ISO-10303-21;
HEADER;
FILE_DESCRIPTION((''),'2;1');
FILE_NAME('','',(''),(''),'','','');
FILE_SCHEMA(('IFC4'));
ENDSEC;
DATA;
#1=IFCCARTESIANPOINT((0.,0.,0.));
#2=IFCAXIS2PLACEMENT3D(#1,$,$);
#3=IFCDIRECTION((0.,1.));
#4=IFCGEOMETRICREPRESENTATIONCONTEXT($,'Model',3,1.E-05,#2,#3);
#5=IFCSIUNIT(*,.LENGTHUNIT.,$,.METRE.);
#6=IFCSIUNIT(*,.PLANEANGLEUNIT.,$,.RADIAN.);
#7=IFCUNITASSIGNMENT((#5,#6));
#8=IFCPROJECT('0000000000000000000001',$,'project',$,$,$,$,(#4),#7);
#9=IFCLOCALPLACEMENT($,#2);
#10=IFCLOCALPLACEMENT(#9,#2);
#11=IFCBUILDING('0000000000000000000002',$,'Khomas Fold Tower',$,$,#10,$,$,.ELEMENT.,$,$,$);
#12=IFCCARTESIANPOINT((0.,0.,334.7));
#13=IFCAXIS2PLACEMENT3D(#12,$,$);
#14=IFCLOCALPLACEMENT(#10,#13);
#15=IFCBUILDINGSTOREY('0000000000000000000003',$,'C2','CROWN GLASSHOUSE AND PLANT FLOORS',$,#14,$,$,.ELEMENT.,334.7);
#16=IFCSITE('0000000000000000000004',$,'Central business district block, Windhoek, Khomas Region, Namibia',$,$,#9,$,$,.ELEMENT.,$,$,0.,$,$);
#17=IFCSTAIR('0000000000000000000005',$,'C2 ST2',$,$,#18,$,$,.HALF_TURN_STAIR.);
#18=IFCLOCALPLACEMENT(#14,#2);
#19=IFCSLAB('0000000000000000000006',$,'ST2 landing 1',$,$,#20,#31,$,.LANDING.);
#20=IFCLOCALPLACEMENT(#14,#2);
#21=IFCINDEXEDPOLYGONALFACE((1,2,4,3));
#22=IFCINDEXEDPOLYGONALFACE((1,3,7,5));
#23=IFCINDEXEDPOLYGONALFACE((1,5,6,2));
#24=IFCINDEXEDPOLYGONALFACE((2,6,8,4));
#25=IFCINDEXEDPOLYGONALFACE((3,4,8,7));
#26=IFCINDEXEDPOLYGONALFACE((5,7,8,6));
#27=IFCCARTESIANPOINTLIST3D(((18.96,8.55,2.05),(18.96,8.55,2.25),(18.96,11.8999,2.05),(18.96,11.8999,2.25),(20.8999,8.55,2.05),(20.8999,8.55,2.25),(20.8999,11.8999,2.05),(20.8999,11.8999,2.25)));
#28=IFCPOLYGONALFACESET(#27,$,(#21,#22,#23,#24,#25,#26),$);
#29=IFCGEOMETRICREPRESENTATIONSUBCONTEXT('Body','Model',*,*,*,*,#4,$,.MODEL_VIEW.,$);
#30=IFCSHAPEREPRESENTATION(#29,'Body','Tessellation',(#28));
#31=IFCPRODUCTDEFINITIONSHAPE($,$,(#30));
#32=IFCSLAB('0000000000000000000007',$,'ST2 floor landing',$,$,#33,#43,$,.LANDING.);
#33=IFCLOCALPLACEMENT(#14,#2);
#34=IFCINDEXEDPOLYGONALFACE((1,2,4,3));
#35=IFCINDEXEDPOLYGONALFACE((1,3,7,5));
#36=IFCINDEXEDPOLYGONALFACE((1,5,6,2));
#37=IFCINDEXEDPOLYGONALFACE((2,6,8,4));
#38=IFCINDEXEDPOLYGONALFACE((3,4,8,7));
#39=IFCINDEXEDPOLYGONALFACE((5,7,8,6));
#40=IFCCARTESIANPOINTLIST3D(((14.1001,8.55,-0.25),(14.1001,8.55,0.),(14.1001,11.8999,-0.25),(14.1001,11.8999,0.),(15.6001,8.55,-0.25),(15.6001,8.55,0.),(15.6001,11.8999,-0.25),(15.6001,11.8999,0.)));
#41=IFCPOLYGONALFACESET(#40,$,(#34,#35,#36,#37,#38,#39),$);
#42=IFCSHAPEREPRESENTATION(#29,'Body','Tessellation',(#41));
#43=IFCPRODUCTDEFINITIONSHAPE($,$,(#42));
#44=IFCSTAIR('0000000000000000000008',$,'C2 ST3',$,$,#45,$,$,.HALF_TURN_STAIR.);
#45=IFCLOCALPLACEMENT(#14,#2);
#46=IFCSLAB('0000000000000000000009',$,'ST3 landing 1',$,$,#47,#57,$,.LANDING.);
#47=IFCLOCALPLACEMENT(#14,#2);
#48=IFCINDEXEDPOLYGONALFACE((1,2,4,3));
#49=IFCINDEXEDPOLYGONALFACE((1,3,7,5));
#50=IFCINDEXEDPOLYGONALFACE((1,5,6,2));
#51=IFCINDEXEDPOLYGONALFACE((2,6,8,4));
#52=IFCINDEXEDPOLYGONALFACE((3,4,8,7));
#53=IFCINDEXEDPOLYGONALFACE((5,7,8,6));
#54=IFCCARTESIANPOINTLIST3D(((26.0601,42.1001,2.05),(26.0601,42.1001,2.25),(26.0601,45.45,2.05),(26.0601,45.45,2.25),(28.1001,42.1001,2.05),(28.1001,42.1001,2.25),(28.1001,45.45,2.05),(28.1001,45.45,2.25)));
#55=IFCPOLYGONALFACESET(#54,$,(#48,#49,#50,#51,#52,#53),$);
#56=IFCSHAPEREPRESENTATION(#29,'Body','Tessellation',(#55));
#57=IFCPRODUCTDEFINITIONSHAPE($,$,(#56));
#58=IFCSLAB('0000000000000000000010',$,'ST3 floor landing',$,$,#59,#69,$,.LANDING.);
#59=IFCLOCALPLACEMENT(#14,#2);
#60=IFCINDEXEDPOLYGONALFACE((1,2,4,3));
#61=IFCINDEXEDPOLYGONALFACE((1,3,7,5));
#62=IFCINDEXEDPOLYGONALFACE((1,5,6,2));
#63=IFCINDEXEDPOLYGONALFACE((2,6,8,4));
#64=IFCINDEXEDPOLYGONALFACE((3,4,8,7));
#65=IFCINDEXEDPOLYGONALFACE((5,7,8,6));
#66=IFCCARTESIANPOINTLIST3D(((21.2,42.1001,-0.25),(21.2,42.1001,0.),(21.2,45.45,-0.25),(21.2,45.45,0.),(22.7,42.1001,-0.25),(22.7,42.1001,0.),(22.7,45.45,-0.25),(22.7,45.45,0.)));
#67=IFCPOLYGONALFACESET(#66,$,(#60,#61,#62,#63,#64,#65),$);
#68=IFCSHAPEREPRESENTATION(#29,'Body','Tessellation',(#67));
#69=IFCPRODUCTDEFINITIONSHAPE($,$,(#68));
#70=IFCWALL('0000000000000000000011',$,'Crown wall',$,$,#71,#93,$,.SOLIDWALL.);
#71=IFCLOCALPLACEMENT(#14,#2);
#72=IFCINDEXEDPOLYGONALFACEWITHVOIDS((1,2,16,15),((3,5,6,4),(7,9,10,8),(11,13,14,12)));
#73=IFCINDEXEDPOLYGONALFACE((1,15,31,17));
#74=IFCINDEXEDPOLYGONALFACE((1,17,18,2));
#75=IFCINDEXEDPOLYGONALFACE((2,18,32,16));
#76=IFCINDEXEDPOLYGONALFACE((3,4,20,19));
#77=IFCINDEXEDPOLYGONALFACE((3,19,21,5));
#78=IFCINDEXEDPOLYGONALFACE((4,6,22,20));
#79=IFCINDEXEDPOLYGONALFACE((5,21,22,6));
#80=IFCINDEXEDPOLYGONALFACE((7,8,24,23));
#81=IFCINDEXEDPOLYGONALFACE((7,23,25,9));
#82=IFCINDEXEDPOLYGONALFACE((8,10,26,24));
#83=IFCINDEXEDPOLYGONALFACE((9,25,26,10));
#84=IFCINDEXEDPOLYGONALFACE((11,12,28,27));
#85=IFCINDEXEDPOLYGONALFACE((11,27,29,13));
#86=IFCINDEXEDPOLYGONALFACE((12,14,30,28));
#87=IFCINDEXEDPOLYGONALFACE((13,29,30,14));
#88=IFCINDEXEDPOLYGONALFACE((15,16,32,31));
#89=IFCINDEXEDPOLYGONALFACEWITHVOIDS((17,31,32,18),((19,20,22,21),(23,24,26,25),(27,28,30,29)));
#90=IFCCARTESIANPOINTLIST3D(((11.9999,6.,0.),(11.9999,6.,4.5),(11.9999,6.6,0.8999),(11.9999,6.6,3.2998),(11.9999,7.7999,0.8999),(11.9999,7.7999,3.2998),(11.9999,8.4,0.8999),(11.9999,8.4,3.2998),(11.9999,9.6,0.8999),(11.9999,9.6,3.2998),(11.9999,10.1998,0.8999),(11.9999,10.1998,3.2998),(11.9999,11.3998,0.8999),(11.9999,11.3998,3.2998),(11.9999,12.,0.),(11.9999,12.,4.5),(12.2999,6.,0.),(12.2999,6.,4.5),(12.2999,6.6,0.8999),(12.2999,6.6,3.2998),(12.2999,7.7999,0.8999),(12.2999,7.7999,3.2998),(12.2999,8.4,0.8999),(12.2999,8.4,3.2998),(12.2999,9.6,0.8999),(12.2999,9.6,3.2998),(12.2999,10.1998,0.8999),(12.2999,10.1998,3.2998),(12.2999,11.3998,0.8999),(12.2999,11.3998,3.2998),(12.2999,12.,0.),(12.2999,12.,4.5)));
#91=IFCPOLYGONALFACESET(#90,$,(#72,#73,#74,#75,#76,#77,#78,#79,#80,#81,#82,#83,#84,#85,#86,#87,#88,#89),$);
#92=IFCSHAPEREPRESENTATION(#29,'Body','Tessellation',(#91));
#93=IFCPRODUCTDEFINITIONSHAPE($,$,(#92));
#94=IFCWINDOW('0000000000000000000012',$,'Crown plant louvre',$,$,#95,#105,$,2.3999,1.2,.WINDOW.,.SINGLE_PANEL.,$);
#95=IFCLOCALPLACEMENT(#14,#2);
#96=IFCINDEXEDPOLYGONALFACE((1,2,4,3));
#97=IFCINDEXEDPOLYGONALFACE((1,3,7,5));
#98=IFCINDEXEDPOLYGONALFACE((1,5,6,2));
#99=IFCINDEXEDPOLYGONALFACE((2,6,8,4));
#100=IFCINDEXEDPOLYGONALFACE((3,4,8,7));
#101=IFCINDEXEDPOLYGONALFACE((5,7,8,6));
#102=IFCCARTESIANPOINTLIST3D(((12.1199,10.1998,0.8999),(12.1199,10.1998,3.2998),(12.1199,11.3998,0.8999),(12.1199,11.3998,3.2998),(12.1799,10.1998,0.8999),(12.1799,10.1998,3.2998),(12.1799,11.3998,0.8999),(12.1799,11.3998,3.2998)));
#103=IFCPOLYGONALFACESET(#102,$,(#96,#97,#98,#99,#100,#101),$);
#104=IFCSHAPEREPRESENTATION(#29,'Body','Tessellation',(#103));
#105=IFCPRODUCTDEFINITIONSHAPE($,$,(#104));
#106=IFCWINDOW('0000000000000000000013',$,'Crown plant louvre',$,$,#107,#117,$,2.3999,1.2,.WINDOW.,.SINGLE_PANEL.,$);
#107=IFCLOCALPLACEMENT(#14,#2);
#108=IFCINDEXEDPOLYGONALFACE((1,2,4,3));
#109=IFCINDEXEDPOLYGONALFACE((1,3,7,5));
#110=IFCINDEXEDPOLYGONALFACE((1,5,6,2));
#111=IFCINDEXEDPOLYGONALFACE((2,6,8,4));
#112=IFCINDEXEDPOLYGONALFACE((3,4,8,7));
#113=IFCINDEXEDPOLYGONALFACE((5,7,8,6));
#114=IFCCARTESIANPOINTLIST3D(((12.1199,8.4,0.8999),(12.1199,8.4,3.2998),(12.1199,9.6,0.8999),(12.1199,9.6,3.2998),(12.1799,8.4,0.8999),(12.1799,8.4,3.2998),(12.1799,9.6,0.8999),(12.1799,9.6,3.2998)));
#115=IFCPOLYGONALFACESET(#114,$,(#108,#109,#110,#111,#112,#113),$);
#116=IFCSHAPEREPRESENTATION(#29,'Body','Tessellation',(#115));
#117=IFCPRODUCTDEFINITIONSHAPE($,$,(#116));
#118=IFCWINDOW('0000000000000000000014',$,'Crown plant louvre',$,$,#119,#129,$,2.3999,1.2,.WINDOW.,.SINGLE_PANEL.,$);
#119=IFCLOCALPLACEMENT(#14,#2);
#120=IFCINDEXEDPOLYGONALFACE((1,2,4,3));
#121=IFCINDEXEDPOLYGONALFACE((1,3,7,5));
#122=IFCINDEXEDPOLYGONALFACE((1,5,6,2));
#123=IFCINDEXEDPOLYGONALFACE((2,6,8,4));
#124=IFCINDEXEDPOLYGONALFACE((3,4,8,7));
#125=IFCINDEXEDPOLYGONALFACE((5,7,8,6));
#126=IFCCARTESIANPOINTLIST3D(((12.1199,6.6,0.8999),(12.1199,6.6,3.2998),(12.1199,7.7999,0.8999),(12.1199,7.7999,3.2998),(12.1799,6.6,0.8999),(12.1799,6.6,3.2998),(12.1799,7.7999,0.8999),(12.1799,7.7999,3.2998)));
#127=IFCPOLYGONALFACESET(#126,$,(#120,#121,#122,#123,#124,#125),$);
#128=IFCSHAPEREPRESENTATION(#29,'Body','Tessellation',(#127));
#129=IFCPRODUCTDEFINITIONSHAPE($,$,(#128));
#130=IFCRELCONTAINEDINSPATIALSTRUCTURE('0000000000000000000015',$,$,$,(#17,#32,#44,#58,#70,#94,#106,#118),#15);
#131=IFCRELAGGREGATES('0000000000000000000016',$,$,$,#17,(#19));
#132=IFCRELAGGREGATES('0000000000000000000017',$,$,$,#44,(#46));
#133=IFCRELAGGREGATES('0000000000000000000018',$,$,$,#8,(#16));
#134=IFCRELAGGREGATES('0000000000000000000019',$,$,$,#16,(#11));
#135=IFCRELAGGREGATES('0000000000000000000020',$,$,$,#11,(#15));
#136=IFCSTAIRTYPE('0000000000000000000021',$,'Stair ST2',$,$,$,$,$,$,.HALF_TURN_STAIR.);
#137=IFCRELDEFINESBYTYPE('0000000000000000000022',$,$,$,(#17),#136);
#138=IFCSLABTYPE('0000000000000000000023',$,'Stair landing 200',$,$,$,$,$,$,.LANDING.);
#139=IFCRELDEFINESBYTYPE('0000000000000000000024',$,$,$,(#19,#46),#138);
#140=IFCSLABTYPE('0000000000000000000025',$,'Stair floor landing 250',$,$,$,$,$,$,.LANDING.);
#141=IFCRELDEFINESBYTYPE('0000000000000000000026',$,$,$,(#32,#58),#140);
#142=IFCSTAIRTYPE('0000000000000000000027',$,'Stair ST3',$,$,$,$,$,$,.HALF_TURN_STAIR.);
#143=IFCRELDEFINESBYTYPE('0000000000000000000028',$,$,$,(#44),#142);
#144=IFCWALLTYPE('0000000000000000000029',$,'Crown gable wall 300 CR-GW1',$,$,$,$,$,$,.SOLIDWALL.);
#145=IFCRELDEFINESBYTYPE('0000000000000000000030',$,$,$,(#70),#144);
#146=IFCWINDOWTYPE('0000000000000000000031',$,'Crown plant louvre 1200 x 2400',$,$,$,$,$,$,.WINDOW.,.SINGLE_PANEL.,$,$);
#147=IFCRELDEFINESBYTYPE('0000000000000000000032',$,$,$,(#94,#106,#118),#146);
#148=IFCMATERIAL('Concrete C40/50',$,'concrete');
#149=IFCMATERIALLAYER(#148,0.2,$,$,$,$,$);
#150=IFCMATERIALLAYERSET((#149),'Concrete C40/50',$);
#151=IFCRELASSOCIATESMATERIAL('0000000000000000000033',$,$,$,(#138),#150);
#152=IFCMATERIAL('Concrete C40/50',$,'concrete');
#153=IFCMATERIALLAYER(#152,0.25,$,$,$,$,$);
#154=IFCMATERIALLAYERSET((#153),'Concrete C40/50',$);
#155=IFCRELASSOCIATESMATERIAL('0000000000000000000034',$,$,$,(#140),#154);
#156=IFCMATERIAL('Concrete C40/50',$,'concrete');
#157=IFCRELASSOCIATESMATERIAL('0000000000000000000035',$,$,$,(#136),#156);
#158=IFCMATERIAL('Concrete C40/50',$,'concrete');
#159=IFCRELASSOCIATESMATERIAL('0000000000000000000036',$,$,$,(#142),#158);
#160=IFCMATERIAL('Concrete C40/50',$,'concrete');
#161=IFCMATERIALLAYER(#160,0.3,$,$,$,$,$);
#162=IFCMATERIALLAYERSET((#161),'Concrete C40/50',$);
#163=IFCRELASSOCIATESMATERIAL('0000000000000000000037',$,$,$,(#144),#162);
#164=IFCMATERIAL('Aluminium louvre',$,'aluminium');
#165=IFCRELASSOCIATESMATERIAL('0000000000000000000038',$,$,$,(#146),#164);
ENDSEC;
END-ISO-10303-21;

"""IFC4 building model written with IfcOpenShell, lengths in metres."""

from ifc_helpers import new_model, si_unit, direction, frame, frame_2d, origin, place, context, subcontext, project, spatial, polyline, rectangle, outline, extrude, source, transform, mapped, material, layer, layer_set, type_object, element, fill, aggregate, save


model = new_model("IFC4")

# Units and contexts
model_context = context("Model", 3, precision=1e-05, world=origin(), true_north=direction((0.0, 1.0)))
body_context = subcontext(model_context, "Body", "Model", "MODEL_VIEW")
ifc_project = project(units=[si_unit("LENGTHUNIT", "METRE"), si_unit("PLANEANGLEUNIT", "RADIAN")], contexts=[model_context])

# Site, building, storey
site_placement = place(None, origin())
site = spatial("IfcSite", under=ifc_project, at=site_placement, Name="Central business district block, Windhoek, Khomas Region, Namibia", CompositionType="ELEMENT", RefElevation=0.0)
building_placement = place(site_placement, origin())
building = spatial("IfcBuilding", under=site, at=building_placement, Name="Khomas Fold Tower", CompositionType="ELEMENT")
storey_placement = place(building_placement, frame((0.0, 0.0, 334.7)))
storey = spatial("IfcBuildingStorey", under=building, at=storey_placement, Name="C2", Description="CROWN GLASSHOUSE AND PLANT FLOORS", CompositionType="ELEMENT", Elevation=334.7)

# Shared definitions
ifc_material_1 = material(Name="Concrete C40/50", Category="concrete")
ifc_layer_1 = layer(ifc_material_1, 0.2)
ifc_layer_set_1 = layer_set([ifc_layer_1], Name="Concrete C40/50")
slab_type_1 = type_object("IfcSlabType", Name="Stair landing 200", PredefinedType="LANDING", material=ifc_layer_set_1)

# Shared definitions
ifc_material_2 = material(Name="Concrete C40/50", Category="concrete")
ifc_layer_2 = layer(ifc_material_2, 0.25)
ifc_layer_set_2 = layer_set([ifc_layer_2], Name="Concrete C40/50")
slab_type_2 = type_object("IfcSlabType", Name="Stair floor landing 250", PredefinedType="LANDING", material=ifc_layer_set_2)

# Stair, slab
ifc_material_3 = material(Name="Concrete C40/50", Category="concrete")
stair_type_1 = type_object("IfcStairType", Name="Stair ST2", PredefinedType="HALF_TURN_STAIR", material=ifc_material_3)
stair_1_placement = place(storey_placement, origin())
stair_1 = element("IfcStair", 1, at=stair_1_placement, inside=storey, type_object=stair_type_1, Name="C2 ST2", PredefinedType="HALF_TURN_STAIR")
shared_shape_1 = source(origin(), body_context, "Body", "SweptSolid", [
    extrude(outline(polyline([(18.96, 8.55), (20.8999, 8.55), (20.8999, 11.8999), (18.96, 11.8999), (18.96, 8.55)])), origin(), (0.0, 0.0, 1.0), 0.2),
])
slab_1_placement = place(storey_placement, frame((0.0, 0.0, 2.05)))
slab_1 = element("IfcSlab", 2, at=slab_1_placement, type_object=slab_type_1, Name="ST2 landing 1", PredefinedType="LANDING", context=body_context, shape_type="MappedRepresentation", body=[
    mapped(shared_shape_1, transform((0.0, 0.0, 0.0))),
])
aggregate(stair_1, [slab_1])

# Slab
shared_shape_2 = source(origin(), body_context, "Body", "SweptSolid", [
    extrude(outline(polyline([(14.1001, 11.8999), (15.6001, 11.8999), (15.6001, 8.55), (14.1001, 8.55), (14.1001, 11.8999)])), origin(), (0.0, 0.0, 1.0), 0.25),
])
slab_2_placement = place(storey_placement, frame((0.0, 0.0, -0.25)))
element("IfcSlab", 3, at=slab_2_placement, inside=storey, type_object=slab_type_2, Name="ST2 floor landing", PredefinedType="LANDING", context=body_context, shape_type="MappedRepresentation", body=[
    mapped(shared_shape_2, transform((0.0, 0.0, 0.0))),
])

# Stair, slab
ifc_material_4 = material(Name="Concrete C40/50", Category="concrete")
stair_type_2 = type_object("IfcStairType", Name="Stair ST3", PredefinedType="HALF_TURN_STAIR", material=ifc_material_4)
stair_2_placement = place(storey_placement, origin())
stair_2 = element("IfcStair", 4, at=stair_2_placement, inside=storey, type_object=stair_type_2, Name="C2 ST3", PredefinedType="HALF_TURN_STAIR")
shared_shape_3 = source(origin(), body_context, "Body", "SweptSolid", [
    extrude(outline(polyline([(26.0601, 42.1001), (28.1001, 42.1001), (28.1001, 45.45), (26.0601, 45.45), (26.0601, 42.1001)])), origin(), (0.0, 0.0, 1.0), 0.2),
])
slab_3_placement = place(storey_placement, frame((0.0, 0.0, 2.05)))
slab_3 = element("IfcSlab", 5, at=slab_3_placement, type_object=slab_type_1, Name="ST3 landing 1", PredefinedType="LANDING", context=body_context, shape_type="MappedRepresentation", body=[
    mapped(shared_shape_3, transform((0.0, 0.0, 0.0))),
])
aggregate(stair_2, [slab_3])

# Slab
shared_shape_4 = source(origin(), body_context, "Body", "SweptSolid", [
    extrude(outline(polyline([(21.2, 45.45), (22.7, 45.45), (22.7, 42.1001), (21.2, 42.1001), (21.2, 45.45)])), origin(), (0.0, 0.0, 1.0), 0.25),
])
slab_4_placement = place(storey_placement, frame((0.0, 0.0, -0.25)))
element("IfcSlab", 6, at=slab_4_placement, inside=storey, type_object=slab_type_2, Name="ST3 floor landing", PredefinedType="LANDING", context=body_context, shape_type="MappedRepresentation", body=[
    mapped(shared_shape_4, transform((0.0, 0.0, 0.0))),
])

# Wall, openings, windows
ifc_material_5 = material(Name="Concrete C40/50", Category="concrete")
ifc_layer_3 = layer(ifc_material_5, 0.3)
ifc_layer_set_3 = layer_set([ifc_layer_3], Name="Concrete C40/50")
wall_type = type_object("IfcWallType", Name="Crown gable wall 300 CR-GW1", PredefinedType="SOLIDWALL", material=ifc_layer_set_3)
shared_shape_5 = source(origin(), body_context, "Body", "SweptSolid", [
    extrude(rectangle(XDim=6.0, YDim=0.3, at=frame_2d((3.0, 0.0))), origin(), (0.0, 0.0, 1.0), 4.5),
])
wall_1_placement = place(storey_placement, frame((12.1499, 12.0, 0.0), z_axis=(0.0, 0.0, 1.0), x_axis=(0.0, -1.0, 0.0)))
wall_1 = element("IfcWall", 7, at=wall_1_placement, inside=storey, type_object=wall_type, Name="Crown wall", PredefinedType="SOLIDWALL", context=body_context, shape_type="MappedRepresentation", body=[
    mapped(shared_shape_5, transform((0.0, 0.0, 0.0))),
])
shared_shape_6 = source(origin(), body_context, "Body", "SweptSolid", [
    extrude(rectangle(XDim=1.2, YDim=2.3999, at=frame_2d((0.6001, 1.2))), frame((0.0, 0.1599, 0.0), z_axis=(0.0, -1.0, 0.0), x_axis=(1.0, 0.0, 0.0)), (0.0, 0.0, 1.0), 0.3201),
])
opening_1_placement = place(wall_1_placement, frame((0.6001, 0.0, 0.8999)))
opening_1 = element("IfcOpeningElement", 8, at=opening_1_placement, cuts=wall_1, PredefinedType="OPENING", context=body_context, shape_type="MappedRepresentation", body=[
    mapped(shared_shape_6, transform((0.0, 0.0, 0.0))),
])
opening_2_placement = place(wall_1_placement, frame((2.3999, 0.0, 0.8999)))
opening_2 = element("IfcOpeningElement", 9, at=opening_2_placement, cuts=wall_1, PredefinedType="OPENING", context=body_context, shape_type="MappedRepresentation", body=[
    mapped(shared_shape_6, transform((0.0, 0.0, 0.0))),
])
opening_3_placement = place(wall_1_placement, frame((4.2, 0.0, 0.8999)))
opening_3 = element("IfcOpeningElement", 10, at=opening_3_placement, cuts=wall_1, PredefinedType="OPENING", context=body_context, shape_type="MappedRepresentation", body=[
    mapped(shared_shape_6, transform((0.0, 0.0, 0.0))),
])
ifc_material_6 = material(Name="Aluminium louvre", Category="aluminium")
window_type = type_object("IfcWindowType", Name="Crown plant louvre 1200 x 2400", PartitioningType="SINGLE_PANEL", PredefinedType="WINDOW", material=ifc_material_6)
shared_shape_7 = source(origin(), body_context, "Body", "SweptSolid", [
    extrude(rectangle(XDim=1.2, YDim=2.3999, at=frame_2d((0.6001, 1.2))), frame((0.0, 0.03, 0.0), z_axis=(0.0, -1.0, 0.0), x_axis=(1.0, 0.0, 0.0)), (0.0, 0.0, 1.0), 0.0601),
])
window_1_placement = place(opening_1_placement, origin())
window_1 = element("IfcWindow", 11, at=window_1_placement, inside=storey, type_object=window_type, Name="Crown plant louvre", OverallHeight=2.3999, OverallWidth=1.2, PartitioningType="SINGLE_PANEL", PredefinedType="WINDOW", context=body_context, shape_type="MappedRepresentation", body=[
    mapped(shared_shape_7, transform((0.0, 0.0, 0.0))),
])
fill(opening_1, window_1)
window_2_placement = place(opening_2_placement, origin())
window_2 = element("IfcWindow", 12, at=window_2_placement, inside=storey, type_object=window_type, Name="Crown plant louvre", OverallHeight=2.3999, OverallWidth=1.2, PartitioningType="SINGLE_PANEL", PredefinedType="WINDOW", context=body_context, shape_type="MappedRepresentation", body=[
    mapped(shared_shape_7, transform((0.0, 0.0, 0.0))),
])
fill(opening_2, window_2)
window_3_placement = place(opening_3_placement, origin())
window_3 = element("IfcWindow", 13, at=window_3_placement, inside=storey, type_object=window_type, Name="Crown plant louvre", OverallHeight=2.3999, OverallWidth=1.2, PartitioningType="SINGLE_PANEL", PredefinedType="WINDOW", context=body_context, shape_type="MappedRepresentation", body=[
    mapped(shared_shape_7, transform((0.0, 0.0, 0.0))),
])
fill(opening_3, window_3)

save(model, "model.ifc")
